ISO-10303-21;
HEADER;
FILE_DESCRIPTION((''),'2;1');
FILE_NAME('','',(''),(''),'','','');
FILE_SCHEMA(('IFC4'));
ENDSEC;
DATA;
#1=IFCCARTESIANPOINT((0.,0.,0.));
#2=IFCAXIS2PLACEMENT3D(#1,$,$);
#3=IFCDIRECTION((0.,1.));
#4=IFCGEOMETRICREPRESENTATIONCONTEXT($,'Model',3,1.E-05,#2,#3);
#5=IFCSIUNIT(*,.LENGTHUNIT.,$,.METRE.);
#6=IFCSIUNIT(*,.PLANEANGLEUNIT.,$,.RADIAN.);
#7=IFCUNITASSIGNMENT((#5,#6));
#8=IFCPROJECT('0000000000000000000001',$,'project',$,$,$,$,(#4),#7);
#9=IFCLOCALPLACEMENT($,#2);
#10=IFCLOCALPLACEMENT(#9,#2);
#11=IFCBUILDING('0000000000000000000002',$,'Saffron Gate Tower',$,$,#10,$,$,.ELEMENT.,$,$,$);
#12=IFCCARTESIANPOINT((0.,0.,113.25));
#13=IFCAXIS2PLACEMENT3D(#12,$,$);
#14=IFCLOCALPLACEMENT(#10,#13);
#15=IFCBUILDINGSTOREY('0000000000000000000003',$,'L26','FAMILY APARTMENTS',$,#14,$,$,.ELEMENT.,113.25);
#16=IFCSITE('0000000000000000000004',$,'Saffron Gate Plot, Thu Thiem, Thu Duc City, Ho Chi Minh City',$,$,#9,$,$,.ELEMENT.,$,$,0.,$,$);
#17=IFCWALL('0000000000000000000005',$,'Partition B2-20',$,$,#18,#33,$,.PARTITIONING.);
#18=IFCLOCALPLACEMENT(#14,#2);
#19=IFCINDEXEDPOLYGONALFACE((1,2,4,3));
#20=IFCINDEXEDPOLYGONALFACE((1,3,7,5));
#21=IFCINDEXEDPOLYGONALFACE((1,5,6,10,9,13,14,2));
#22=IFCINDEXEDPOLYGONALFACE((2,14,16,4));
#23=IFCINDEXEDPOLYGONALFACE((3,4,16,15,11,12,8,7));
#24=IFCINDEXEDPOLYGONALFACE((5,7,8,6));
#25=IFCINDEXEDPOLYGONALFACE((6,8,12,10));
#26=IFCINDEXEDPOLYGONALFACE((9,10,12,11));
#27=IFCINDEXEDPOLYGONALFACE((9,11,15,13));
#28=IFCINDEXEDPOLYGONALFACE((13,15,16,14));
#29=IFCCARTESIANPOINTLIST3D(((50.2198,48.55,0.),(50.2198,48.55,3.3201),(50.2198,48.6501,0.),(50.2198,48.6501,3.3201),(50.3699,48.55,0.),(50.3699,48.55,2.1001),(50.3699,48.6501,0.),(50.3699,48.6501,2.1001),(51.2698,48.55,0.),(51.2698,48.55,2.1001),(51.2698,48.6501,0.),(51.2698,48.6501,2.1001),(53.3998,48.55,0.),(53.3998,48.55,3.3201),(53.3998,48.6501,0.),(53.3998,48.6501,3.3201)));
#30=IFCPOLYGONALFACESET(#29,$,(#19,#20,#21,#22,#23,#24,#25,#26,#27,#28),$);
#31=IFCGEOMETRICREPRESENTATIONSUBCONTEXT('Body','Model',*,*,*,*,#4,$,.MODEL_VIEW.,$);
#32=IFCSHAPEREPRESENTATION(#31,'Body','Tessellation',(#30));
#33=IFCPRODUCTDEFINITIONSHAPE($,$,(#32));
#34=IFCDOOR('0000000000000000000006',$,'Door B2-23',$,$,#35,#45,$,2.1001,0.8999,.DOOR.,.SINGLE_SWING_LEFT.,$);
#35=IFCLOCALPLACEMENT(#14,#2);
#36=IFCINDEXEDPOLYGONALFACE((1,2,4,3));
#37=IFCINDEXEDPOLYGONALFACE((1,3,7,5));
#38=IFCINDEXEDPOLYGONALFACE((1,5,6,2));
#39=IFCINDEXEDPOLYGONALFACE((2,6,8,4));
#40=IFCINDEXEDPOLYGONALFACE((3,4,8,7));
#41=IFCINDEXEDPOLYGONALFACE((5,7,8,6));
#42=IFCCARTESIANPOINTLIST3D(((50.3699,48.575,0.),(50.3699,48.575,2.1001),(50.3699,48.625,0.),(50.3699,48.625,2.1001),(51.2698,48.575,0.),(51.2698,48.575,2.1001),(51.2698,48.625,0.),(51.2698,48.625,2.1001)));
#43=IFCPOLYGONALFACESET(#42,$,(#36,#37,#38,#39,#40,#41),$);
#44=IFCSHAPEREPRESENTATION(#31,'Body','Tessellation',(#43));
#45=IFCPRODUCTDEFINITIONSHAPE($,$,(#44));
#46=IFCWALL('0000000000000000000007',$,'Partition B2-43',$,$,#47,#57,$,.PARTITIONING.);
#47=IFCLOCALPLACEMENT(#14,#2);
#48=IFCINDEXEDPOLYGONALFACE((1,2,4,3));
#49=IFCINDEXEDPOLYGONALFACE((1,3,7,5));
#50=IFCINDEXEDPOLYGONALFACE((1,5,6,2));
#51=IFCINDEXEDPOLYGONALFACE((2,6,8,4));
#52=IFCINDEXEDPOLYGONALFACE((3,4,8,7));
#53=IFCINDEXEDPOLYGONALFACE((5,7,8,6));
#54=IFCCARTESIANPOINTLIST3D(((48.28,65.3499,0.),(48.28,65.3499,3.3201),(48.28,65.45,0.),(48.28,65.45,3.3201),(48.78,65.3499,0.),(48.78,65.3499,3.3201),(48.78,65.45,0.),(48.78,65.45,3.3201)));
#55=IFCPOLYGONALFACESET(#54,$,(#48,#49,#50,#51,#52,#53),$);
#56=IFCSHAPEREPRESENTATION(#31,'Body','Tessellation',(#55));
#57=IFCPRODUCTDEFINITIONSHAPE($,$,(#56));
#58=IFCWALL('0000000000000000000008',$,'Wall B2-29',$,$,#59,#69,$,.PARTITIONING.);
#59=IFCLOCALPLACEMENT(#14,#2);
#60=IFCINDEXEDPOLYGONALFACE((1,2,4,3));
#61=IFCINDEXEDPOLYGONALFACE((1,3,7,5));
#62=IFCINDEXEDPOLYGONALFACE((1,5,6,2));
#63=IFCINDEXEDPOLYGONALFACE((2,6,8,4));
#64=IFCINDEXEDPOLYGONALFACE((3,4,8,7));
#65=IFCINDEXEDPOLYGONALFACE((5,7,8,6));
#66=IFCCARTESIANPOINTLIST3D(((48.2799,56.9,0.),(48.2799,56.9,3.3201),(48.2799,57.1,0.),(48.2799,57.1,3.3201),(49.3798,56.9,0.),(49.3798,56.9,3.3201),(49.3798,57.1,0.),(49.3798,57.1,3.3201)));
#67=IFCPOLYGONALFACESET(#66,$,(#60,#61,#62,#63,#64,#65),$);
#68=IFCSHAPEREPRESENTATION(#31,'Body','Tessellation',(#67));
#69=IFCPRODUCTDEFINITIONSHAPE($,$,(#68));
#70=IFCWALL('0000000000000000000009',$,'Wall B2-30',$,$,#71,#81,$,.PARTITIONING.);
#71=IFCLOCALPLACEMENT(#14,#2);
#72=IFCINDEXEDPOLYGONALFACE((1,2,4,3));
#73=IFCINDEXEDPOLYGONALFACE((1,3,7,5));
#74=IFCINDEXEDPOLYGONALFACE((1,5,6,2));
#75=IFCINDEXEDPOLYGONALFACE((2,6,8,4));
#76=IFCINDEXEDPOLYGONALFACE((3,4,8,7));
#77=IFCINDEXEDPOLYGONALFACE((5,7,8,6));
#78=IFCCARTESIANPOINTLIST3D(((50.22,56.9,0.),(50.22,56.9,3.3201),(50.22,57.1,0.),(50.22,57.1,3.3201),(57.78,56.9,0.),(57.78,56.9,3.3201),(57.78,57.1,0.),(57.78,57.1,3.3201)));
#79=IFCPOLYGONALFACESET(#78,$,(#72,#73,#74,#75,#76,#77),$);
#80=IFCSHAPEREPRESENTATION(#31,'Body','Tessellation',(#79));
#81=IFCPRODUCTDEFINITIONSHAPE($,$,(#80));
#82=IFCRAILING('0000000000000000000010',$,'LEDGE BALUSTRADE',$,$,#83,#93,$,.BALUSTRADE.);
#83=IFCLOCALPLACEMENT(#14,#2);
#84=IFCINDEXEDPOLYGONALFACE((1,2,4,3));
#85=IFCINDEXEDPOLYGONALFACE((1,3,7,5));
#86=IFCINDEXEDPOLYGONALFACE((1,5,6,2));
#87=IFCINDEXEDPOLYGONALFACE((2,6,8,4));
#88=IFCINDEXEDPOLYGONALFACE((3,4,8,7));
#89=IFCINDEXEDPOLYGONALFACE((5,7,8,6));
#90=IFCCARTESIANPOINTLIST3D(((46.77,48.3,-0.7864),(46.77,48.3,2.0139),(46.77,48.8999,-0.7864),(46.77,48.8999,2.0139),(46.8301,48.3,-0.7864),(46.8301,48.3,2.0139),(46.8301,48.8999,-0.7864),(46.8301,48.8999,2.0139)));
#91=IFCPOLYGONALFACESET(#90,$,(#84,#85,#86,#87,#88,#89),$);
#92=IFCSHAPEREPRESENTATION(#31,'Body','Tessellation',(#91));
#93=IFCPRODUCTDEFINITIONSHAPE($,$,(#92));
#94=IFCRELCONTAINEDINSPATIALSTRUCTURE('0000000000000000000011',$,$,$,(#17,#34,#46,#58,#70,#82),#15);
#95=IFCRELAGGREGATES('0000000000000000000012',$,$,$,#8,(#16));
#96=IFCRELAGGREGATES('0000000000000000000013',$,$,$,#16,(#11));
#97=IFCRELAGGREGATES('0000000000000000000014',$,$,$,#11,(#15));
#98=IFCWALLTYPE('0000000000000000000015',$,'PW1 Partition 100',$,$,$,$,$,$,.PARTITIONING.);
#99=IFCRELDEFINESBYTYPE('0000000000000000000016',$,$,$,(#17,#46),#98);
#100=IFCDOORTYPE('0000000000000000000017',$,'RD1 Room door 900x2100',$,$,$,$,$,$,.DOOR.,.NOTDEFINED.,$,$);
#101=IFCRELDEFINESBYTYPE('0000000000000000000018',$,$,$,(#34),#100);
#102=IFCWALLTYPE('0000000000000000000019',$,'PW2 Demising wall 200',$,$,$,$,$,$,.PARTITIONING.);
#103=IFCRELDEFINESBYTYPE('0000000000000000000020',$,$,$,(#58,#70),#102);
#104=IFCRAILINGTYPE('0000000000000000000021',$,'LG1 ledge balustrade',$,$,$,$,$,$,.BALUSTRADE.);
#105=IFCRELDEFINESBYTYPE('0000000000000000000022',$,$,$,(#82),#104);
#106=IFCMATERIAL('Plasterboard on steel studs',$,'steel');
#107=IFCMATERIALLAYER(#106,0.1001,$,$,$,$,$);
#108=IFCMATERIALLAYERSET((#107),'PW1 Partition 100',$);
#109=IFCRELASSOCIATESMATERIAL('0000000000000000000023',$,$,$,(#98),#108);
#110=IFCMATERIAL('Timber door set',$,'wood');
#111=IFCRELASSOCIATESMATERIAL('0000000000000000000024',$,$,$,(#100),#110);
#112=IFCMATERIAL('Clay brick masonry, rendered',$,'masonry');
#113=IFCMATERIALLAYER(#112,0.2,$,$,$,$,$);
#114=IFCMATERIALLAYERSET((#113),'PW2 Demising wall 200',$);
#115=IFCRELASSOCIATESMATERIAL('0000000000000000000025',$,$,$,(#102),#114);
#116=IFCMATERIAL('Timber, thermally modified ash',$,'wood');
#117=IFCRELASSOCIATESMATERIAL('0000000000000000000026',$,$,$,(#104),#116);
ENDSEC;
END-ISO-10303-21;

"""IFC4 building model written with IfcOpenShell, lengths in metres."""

from ifc_helpers import new_model, si_unit, direction, frame, frame_2d, origin, origin_2d, place, context, subcontext, project, spatial, rectangle, extrude, material, layer, layer_set, type_object, element, fill, save


model = new_model("IFC4")

# Units and contexts
model_context = context("Model", 3, precision=1e-05, world=origin(), true_north=direction((0.0, 1.0)))
body_context = subcontext(model_context, "Body", "Model", "MODEL_VIEW")
ifc_project = project(units=[si_unit("LENGTHUNIT", "METRE"), si_unit("PLANEANGLEUNIT", "RADIAN")], contexts=[model_context])

# Site, building, storey
site_placement = place(None, origin())
site = spatial("IfcSite", under=ifc_project, at=site_placement, Name="Saffron Gate Plot, Thu Thiem, Thu Duc City, Ho Chi Minh City", CompositionType="ELEMENT", RefElevation=0.0)
building_placement = place(site_placement, origin())
building = spatial("IfcBuilding", under=site, at=building_placement, Name="Saffron Gate Tower", CompositionType="ELEMENT")
storey_placement = place(building_placement, frame((0.0, 0.0, 113.25)))
storey = spatial("IfcBuildingStorey", under=building, at=storey_placement, Name="L26", Description="FAMILY APARTMENTS", CompositionType="ELEMENT", Elevation=113.25)

# Wall, opening, door
ifc_material_1 = material(Name="Plasterboard on steel studs", Category="steel")
ifc_layer_1 = layer(ifc_material_1, 0.1001)
ifc_layer_set_1 = layer_set([ifc_layer_1], Name="PW1 Partition 100")
wall_type_1 = type_object("IfcWallType", Name="PW1 Partition 100", PredefinedType="PARTITIONING", material=ifc_layer_set_1)
wall_1_placement = place(storey_placement, frame((50.22, 48.6001, 0.0), z_axis=(0.0, 0.0, 1.0), x_axis=(1.0, 0.0, 0.0)))
wall_1 = element("IfcWall", 1, at=wall_1_placement, inside=storey, type_object=wall_type_1, Name="Partition B2-20", PredefinedType="PARTITIONING", context=body_context, shape_type="SweptSolid", body=[
    extrude(rectangle(XDim=3.1799, YDim=0.1001, at=frame_2d((1.5898, 0.0))), origin(), (0.0, 0.0, 1.0), 3.3201),
])
opening_placement = place(wall_1_placement, frame((0.1499, 0.0, 0.0)))
opening = element("IfcOpeningElement", 2, at=opening_placement, cuts=wall_1, PredefinedType="OPENING", context=body_context, shape_type="SweptSolid", body=[
    extrude(rectangle(XDim=0.8999, YDim=2.1001, at=frame_2d((0.45, 1.05))), frame((0.0, 0.0601, 0.0), z_axis=(0.0, -1.0, 0.0), x_axis=(1.0, 0.0, 0.0)), (0.0, 0.0, 1.0), 0.1201),
])
ifc_material_2 = material(Name="Timber door set", Category="wood")
door_type = type_object("IfcDoorType", Name="RD1 Room door 900x2100", OperationType="NOTDEFINED", PredefinedType="DOOR", material=ifc_material_2)
door_placement = place(opening_placement, origin())
door = element("IfcDoor", 3, at=door_placement, inside=storey, type_object=door_type, Name="Door B2-23", OperationType="SINGLE_SWING_LEFT", OverallHeight=2.1001, OverallWidth=0.8999, PredefinedType="DOOR", context=body_context, shape_type="SweptSolid", body=[
    extrude(rectangle(XDim=0.8999, YDim=2.1001, at=frame_2d((0.45, 1.05))), frame((0.0, 0.0249, 0.0), z_axis=(0.0, -1.0, 0.0), x_axis=(1.0, 0.0, 0.0)), (0.0, 0.0, 1.0), 0.05),
])
fill(opening, door)

# Walls
wall_2_placement = place(storey_placement, frame((48.28, 65.3999, 0.0), z_axis=(0.0, 0.0, 1.0), x_axis=(1.0, 0.0, 0.0)))
element("IfcWall", 4, at=wall_2_placement, inside=storey, type_object=wall_type_1, Name="Partition B2-43", PredefinedType="PARTITIONING", context=body_context, shape_type="SweptSolid", body=[
    extrude(rectangle(XDim=0.5, YDim=0.1001, at=frame_2d((0.25, 0.0))), origin(), (0.0, 0.0, 1.0), 3.3201),
])
ifc_material_3 = material(Name="Clay brick masonry, rendered", Category="masonry")
ifc_layer_2 = layer(ifc_material_3, 0.2)
ifc_layer_set_2 = layer_set([ifc_layer_2], Name="PW2 Demising wall 200")
wall_type_2 = type_object("IfcWallType", Name="PW2 Demising wall 200", PredefinedType="PARTITIONING", material=ifc_layer_set_2)
wall_3_placement = place(storey_placement, frame((48.28, 57.0, 0.0), z_axis=(0.0, 0.0, 1.0), x_axis=(1.0, 0.0, 0.0)))
element("IfcWall", 5, at=wall_3_placement, inside=storey, type_object=wall_type_2, Name="Wall B2-29", PredefinedType="PARTITIONING", context=body_context, shape_type="SweptSolid", body=[
    extrude(rectangle(XDim=1.0999, YDim=0.2, at=frame_2d((0.5498, 0.0))), origin(), (0.0, 0.0, 1.0), 3.3201),
])
wall_4_placement = place(storey_placement, frame((50.22, 57.0, 0.0), z_axis=(0.0, 0.0, 1.0), x_axis=(1.0, 0.0, 0.0)))
element("IfcWall", 6, at=wall_4_placement, inside=storey, type_object=wall_type_2, Name="Wall B2-30", PredefinedType="PARTITIONING", context=body_context, shape_type="SweptSolid", body=[
    extrude(rectangle(XDim=7.5601, YDim=0.2, at=frame_2d((3.78, 0.0))), origin(), (0.0, 0.0, 1.0), 3.3201),
])

# Railing
ifc_material_4 = material(Name="Timber, thermally modified ash", Category="wood")
railing_type = type_object("IfcRailingType", Name="LG1 ledge balustrade", PredefinedType="BALUSTRADE", material=ifc_material_4)
railing_placement = place(storey_placement, frame((46.8, 48.8999, -0.7864)))
element("IfcRailing", 7, at=railing_placement, inside=storey, type_object=railing_type, Name="LEDGE BALUSTRADE", PredefinedType="BALUSTRADE", context=body_context, shape_type="SweptSolid", body=[
    extrude(rectangle(XDim=0.0601, YDim=2.8003, at=origin_2d()), frame((0.0, 0.0, 1.4001), z_axis=(0.0, -1.0, 0.0), x_axis=(1.0, 0.0, 0.0)), (0.0, 0.0, 1.0), 0.5999),
])

save(model, "model.ifc")
